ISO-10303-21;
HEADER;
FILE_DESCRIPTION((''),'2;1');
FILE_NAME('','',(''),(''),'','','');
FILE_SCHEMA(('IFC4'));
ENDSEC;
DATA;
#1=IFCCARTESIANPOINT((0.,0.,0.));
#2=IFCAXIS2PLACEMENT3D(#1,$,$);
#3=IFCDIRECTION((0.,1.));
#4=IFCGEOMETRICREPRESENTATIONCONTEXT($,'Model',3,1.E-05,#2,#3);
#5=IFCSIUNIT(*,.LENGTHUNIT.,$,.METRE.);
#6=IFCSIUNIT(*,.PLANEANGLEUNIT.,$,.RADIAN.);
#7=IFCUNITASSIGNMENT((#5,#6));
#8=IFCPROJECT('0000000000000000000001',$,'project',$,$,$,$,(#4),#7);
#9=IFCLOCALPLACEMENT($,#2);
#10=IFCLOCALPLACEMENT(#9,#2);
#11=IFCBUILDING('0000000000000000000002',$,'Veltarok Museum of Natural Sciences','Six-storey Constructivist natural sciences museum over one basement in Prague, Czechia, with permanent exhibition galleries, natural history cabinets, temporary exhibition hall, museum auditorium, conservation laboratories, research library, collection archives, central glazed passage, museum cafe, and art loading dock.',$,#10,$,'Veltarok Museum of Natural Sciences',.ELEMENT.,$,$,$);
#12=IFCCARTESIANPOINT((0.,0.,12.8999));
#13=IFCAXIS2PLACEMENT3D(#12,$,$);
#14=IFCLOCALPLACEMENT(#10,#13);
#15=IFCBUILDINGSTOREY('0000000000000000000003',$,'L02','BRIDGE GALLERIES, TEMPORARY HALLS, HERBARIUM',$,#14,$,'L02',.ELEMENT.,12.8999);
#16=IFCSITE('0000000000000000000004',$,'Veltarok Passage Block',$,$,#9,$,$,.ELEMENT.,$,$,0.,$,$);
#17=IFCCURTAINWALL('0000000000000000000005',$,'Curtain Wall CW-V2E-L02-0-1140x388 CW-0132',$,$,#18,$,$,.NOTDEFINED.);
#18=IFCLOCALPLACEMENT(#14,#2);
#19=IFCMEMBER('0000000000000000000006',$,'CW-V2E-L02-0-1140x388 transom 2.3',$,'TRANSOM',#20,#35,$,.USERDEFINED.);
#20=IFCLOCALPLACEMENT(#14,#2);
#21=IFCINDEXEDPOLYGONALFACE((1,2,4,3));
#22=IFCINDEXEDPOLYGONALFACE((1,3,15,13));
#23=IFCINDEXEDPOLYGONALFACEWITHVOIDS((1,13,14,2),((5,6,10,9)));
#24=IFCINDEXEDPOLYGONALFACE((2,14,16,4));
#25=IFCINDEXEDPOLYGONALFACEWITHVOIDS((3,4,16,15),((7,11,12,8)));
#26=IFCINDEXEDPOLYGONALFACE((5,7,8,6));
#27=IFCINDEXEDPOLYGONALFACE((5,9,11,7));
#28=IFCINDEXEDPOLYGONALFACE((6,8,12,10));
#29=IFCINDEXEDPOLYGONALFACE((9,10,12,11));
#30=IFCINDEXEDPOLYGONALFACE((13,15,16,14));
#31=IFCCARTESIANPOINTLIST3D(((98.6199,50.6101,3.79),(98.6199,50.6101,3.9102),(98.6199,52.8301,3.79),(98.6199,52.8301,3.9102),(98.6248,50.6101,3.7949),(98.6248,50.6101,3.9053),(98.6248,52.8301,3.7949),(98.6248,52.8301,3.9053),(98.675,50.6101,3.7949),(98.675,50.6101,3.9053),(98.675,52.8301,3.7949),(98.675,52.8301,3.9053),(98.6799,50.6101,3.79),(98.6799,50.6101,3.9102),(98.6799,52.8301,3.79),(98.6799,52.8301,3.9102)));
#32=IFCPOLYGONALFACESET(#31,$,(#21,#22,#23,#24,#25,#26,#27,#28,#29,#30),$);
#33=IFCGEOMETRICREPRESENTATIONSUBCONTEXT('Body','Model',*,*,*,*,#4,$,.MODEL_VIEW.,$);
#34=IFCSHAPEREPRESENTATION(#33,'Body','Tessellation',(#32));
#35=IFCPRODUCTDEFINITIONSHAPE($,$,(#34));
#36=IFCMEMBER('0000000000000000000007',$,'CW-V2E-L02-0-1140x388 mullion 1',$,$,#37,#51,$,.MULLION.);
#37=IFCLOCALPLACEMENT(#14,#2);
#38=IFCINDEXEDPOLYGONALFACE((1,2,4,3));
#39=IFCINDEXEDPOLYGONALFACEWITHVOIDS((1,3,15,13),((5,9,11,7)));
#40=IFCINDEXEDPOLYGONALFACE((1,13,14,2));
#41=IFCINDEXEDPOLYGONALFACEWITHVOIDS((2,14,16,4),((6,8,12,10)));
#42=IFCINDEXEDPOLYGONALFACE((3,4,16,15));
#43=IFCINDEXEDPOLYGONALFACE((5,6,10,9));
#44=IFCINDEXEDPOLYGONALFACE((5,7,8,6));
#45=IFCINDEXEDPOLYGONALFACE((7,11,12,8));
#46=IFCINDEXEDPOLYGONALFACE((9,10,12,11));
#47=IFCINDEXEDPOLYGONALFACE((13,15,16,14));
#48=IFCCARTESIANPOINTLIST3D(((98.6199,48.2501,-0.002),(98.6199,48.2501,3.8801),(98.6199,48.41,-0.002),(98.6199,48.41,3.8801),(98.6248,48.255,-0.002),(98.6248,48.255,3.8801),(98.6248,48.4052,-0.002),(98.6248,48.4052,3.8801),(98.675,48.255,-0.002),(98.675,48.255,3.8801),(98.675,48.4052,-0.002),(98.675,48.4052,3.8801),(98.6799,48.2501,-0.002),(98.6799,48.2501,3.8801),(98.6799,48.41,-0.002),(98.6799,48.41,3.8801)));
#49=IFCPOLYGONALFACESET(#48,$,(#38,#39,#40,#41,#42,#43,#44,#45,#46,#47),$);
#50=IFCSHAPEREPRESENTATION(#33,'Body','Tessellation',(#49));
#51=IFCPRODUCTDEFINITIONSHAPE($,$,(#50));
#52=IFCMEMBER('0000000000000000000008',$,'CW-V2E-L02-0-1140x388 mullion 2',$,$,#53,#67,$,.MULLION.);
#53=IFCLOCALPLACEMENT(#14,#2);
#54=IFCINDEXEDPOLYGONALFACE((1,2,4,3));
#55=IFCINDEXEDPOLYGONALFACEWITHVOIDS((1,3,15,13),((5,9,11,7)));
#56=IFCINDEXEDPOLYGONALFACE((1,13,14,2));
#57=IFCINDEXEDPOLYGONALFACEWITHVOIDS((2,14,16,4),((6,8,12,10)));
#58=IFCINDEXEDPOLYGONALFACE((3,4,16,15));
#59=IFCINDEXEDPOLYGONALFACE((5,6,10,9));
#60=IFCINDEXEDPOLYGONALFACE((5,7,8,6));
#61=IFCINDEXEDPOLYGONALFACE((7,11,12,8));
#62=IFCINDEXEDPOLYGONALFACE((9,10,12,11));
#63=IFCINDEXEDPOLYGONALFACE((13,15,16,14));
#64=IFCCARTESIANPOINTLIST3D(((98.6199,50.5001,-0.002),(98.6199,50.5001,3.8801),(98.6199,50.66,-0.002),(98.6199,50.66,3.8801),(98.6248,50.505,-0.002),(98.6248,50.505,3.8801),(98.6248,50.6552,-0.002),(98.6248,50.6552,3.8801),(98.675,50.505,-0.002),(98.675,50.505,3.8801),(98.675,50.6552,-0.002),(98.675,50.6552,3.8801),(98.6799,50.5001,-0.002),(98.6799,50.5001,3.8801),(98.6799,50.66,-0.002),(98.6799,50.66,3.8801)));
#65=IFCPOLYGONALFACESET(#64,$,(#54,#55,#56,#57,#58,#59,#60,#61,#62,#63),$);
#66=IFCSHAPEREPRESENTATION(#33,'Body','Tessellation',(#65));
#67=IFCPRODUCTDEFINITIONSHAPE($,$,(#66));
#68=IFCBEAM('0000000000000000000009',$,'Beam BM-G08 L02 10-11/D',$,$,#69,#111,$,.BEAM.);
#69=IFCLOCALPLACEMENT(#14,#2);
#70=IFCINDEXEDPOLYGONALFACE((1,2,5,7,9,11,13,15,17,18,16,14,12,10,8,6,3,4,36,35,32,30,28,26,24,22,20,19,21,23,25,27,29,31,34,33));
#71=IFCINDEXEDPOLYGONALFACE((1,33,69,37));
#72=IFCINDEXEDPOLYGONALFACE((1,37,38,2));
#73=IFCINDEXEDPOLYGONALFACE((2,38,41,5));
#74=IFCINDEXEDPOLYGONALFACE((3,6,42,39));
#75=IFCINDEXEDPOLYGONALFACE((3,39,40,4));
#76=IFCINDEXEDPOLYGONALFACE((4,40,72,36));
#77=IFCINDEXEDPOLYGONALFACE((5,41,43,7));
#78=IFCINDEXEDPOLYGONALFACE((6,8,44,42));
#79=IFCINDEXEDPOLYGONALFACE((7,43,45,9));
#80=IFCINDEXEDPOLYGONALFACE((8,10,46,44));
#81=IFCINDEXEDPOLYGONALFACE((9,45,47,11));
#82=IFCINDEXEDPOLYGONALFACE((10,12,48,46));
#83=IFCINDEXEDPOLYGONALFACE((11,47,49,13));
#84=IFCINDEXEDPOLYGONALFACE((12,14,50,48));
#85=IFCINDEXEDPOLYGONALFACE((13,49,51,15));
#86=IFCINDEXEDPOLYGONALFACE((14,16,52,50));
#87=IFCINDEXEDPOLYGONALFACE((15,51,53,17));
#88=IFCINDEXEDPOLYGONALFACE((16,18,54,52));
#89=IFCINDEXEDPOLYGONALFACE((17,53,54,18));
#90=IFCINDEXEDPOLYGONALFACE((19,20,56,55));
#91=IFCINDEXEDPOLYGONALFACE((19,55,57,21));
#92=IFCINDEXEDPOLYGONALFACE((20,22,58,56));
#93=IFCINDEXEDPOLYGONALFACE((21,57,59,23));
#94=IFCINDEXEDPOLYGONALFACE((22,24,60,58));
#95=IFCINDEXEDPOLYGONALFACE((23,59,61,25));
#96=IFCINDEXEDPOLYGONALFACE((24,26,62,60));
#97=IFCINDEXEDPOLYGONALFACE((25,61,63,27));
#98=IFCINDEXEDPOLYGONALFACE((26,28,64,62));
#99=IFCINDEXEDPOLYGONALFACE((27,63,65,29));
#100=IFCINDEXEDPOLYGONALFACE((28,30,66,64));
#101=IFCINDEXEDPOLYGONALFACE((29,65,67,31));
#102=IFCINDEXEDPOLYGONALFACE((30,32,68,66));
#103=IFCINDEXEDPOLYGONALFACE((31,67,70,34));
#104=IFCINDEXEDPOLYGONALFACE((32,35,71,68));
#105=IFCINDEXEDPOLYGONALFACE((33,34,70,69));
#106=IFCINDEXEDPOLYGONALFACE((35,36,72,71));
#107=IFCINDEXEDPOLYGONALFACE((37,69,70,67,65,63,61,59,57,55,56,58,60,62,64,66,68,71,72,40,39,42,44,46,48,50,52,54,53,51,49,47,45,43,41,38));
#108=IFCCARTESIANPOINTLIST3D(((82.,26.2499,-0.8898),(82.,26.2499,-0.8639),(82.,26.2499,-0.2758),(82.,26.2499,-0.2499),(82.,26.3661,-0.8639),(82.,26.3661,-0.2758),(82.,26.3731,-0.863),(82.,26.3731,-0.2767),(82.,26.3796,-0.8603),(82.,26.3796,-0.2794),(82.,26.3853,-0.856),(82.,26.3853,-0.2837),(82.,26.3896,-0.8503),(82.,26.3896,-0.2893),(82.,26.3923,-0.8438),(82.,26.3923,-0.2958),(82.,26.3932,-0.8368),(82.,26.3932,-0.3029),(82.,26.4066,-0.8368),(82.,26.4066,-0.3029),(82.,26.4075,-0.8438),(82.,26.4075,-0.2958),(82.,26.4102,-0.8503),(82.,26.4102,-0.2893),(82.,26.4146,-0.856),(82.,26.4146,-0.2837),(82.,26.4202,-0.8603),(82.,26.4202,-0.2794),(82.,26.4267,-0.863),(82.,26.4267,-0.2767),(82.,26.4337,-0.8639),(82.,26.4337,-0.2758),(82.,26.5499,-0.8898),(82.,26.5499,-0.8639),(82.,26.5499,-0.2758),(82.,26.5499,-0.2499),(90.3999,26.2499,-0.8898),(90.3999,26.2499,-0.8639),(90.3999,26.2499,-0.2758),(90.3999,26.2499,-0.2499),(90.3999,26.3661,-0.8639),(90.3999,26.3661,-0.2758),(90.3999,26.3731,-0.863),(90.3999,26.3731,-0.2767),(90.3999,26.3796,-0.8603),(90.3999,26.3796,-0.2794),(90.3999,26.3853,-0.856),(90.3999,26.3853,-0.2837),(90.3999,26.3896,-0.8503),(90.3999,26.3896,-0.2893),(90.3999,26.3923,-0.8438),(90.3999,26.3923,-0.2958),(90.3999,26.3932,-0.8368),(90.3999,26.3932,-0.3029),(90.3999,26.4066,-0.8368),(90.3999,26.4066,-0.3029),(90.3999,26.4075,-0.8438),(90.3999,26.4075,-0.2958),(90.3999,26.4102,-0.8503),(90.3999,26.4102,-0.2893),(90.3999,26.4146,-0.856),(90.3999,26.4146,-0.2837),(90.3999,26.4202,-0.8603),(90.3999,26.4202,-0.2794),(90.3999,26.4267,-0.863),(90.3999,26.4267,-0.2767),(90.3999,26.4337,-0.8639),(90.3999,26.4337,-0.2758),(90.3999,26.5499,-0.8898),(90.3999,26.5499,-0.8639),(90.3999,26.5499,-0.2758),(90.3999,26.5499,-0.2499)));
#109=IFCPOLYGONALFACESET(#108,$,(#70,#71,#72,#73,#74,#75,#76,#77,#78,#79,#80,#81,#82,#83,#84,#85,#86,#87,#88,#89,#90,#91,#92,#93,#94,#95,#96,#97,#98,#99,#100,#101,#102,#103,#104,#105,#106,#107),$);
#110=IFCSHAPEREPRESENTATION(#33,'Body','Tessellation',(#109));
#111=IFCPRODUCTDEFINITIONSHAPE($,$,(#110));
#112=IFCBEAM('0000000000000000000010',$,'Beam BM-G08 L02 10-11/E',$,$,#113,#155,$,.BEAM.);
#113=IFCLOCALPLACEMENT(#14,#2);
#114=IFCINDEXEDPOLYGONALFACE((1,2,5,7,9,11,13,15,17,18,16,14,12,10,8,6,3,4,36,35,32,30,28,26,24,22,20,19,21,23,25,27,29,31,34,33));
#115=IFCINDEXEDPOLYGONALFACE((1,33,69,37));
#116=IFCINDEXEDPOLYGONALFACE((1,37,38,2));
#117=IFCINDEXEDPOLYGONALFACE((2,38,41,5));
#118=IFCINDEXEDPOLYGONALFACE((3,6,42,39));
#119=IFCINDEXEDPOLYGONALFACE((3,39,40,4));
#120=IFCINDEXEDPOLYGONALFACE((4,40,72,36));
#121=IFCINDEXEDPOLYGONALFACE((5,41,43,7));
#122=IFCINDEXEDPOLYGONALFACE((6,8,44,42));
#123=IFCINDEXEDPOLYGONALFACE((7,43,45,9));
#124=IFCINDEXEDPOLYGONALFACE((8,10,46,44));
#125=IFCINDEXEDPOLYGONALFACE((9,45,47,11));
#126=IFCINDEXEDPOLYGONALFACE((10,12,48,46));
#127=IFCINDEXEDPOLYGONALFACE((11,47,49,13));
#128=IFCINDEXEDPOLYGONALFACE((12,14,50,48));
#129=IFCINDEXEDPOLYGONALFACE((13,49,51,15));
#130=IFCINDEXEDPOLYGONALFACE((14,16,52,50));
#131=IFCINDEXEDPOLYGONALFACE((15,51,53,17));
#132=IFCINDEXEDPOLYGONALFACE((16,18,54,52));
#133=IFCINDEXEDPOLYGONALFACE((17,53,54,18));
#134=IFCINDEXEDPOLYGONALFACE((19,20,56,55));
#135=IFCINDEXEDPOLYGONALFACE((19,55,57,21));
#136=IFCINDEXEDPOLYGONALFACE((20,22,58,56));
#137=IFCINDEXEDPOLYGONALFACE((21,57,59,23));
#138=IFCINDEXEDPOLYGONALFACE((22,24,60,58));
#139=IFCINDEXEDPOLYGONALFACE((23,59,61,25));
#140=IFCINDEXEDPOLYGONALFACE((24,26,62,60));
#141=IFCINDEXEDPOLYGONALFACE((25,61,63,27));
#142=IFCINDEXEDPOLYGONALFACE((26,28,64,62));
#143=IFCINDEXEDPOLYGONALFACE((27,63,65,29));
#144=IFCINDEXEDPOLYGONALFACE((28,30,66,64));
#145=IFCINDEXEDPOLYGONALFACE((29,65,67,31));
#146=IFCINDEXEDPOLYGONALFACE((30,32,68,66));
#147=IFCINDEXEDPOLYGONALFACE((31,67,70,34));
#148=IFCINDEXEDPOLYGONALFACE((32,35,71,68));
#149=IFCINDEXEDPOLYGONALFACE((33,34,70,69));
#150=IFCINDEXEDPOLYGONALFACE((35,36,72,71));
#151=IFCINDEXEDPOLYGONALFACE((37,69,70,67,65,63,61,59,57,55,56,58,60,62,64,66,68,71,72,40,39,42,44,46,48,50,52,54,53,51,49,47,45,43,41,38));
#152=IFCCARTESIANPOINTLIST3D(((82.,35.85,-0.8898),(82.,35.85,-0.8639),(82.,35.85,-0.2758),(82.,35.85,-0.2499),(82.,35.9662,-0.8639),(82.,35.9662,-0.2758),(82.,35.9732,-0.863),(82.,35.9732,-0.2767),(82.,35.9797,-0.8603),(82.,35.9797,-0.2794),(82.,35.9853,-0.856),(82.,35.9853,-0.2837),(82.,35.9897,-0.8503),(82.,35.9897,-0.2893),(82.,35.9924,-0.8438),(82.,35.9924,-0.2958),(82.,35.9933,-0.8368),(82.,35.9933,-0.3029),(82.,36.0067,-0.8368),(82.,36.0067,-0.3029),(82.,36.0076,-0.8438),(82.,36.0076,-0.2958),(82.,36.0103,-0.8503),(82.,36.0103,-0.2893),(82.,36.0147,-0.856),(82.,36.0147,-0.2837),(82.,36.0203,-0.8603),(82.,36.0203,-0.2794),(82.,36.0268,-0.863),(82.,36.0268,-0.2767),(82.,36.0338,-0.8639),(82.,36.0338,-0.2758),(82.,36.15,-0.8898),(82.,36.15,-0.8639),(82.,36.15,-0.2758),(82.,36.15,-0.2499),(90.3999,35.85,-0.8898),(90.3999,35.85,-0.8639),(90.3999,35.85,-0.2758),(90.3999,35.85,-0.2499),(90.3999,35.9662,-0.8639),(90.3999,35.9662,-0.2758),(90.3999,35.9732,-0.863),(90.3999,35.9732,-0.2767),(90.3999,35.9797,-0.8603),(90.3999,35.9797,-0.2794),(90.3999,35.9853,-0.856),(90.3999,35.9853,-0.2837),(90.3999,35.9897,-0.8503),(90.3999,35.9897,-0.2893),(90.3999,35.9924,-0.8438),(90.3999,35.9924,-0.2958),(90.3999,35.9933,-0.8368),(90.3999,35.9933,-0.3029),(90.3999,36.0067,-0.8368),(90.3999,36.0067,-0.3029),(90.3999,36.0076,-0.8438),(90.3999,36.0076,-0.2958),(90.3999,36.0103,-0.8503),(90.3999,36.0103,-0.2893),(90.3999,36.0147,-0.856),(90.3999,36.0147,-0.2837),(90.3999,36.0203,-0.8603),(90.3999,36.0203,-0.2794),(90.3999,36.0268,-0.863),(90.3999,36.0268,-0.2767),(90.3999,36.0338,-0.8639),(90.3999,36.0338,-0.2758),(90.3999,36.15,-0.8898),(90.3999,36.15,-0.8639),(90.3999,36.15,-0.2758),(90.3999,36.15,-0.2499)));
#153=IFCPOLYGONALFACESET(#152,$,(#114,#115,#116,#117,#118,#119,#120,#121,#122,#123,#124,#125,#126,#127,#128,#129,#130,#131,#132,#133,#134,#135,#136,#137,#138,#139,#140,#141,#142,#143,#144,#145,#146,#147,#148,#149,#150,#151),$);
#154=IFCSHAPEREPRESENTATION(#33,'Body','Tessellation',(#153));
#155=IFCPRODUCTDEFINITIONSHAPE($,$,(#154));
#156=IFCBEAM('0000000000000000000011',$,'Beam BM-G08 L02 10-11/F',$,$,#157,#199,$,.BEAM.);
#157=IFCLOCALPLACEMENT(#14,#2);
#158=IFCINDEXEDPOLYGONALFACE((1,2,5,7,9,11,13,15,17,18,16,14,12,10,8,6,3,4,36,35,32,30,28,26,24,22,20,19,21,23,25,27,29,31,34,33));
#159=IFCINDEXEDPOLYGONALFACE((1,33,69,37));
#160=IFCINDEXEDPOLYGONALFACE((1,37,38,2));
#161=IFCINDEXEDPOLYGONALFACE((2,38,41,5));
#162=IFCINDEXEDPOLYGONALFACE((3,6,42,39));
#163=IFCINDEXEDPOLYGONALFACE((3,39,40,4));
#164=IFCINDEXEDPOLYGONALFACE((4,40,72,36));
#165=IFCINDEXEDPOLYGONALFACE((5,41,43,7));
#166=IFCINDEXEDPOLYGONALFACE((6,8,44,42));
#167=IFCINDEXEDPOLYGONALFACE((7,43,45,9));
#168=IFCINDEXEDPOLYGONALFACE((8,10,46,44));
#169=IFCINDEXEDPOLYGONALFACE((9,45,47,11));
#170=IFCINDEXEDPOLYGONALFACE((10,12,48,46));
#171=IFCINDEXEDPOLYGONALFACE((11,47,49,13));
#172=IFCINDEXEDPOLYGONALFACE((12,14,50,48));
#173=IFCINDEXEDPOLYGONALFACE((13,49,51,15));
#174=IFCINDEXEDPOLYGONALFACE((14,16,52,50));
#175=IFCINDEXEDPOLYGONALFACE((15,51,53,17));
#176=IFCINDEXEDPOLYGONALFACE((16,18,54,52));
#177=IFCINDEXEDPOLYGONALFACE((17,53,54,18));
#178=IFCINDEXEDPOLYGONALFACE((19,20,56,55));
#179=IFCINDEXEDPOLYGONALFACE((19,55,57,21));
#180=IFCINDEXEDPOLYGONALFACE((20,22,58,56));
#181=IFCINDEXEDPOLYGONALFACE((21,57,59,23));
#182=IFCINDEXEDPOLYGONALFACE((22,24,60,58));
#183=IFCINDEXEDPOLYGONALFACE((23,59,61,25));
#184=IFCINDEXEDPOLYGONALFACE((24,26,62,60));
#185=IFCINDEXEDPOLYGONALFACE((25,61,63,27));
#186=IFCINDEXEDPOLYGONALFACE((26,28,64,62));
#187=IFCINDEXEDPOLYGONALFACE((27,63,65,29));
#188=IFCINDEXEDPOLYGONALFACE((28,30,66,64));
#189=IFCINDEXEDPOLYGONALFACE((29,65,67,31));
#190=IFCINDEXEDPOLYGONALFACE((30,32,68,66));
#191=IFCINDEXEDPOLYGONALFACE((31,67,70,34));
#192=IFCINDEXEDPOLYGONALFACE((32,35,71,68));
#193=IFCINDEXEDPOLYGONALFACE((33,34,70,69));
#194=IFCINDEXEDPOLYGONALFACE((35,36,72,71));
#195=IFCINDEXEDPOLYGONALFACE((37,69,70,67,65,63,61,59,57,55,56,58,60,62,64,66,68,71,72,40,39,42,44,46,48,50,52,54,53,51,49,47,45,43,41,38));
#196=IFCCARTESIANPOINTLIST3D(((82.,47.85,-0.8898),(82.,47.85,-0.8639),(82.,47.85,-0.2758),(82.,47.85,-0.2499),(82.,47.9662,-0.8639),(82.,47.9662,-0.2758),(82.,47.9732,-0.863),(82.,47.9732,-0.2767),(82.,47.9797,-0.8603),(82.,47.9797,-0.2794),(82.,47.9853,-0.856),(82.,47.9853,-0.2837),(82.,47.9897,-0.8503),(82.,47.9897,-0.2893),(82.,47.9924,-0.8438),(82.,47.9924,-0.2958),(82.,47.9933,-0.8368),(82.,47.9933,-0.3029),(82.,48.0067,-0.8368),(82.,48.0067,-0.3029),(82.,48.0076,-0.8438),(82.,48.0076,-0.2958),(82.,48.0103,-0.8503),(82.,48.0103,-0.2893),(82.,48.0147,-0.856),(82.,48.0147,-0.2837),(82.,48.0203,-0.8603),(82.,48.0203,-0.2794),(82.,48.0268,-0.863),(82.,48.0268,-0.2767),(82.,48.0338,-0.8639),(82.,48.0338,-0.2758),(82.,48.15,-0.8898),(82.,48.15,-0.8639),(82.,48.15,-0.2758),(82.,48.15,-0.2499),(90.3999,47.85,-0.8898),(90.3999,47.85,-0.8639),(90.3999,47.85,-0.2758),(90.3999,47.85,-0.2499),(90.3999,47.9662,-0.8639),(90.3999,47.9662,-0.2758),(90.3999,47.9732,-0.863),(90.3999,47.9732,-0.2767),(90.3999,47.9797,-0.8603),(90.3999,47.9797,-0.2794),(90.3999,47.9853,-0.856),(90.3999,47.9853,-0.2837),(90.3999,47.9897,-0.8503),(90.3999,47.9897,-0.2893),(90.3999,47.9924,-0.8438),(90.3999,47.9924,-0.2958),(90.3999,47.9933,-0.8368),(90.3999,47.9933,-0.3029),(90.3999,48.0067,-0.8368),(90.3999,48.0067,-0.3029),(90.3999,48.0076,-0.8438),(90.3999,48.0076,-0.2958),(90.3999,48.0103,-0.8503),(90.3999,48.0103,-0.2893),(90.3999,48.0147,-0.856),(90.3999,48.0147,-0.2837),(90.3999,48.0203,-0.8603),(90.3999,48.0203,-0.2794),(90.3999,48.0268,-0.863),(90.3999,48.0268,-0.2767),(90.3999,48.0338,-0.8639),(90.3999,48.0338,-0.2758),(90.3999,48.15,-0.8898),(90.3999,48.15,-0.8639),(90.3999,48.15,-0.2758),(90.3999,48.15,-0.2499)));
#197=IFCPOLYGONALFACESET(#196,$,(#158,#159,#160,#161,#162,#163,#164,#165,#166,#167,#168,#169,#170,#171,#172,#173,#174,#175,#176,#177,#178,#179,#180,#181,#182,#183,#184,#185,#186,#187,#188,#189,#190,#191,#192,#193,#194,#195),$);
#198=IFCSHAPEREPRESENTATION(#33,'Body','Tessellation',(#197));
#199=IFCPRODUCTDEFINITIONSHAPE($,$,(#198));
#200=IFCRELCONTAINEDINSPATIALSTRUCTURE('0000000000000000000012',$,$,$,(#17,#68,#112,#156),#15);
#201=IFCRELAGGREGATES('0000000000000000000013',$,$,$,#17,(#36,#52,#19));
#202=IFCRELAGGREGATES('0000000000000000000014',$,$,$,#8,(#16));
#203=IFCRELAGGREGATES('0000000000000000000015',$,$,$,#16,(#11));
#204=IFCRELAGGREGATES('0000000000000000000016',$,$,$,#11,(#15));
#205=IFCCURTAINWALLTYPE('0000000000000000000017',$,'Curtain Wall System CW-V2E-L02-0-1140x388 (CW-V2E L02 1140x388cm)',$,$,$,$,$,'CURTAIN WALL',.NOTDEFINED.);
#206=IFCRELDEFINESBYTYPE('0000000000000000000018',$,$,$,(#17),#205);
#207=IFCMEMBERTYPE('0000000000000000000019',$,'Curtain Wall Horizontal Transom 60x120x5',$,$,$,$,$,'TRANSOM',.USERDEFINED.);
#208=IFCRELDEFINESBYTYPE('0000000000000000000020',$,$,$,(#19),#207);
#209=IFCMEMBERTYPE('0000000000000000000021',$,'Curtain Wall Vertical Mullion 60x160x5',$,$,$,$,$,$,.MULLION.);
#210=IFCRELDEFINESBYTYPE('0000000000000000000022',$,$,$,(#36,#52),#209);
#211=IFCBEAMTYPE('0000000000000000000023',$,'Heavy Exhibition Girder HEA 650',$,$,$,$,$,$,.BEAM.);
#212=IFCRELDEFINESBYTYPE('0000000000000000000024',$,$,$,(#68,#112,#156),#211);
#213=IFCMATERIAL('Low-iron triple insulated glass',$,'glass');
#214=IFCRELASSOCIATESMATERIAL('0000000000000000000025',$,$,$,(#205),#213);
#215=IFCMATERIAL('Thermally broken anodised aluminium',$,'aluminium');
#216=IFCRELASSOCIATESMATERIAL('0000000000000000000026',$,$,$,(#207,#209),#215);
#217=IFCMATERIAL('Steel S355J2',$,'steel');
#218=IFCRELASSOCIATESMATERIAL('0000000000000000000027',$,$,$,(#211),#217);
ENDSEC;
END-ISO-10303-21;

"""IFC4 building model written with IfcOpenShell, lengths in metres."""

from ifc_helpers import new_model, si_unit, direction, frame, origin, origin_2d, place, context, subcontext, project, spatial, hollow_rectangle, i_section, extrude, material, material_profile, profile_set, type_object, element, aggregate, save


model = new_model("IFC4")

# Units and contexts
model_context = context("Model", 3, precision=1e-05, world=origin(), true_north=direction((0.0, 1.0)))
body_context = subcontext(model_context, "Body", "Model", "MODEL_VIEW")
ifc_project = project(units=[si_unit("LENGTHUNIT", "METRE"), si_unit("PLANEANGLEUNIT", "RADIAN")], contexts=[model_context])

# Site, building, storey
site_placement = place(None, origin())
site = spatial("IfcSite", under=ifc_project, at=site_placement, Name="Veltarok Passage Block", CompositionType="ELEMENT", RefElevation=0.0)
building_placement = place(site_placement, origin())
building = spatial("IfcBuilding", under=site, at=building_placement, Name="Veltarok Museum of Natural Sciences", Description="Six-storey Constructivist natural sciences museum over one basement in Prague, Czechia, with permanent exhibition galleries, natural history cabinets, temporary exhibition hall, museum auditorium, conservation laboratories, research library, collection archives, central glazed passage, museum cafe, and art loading dock.", LongName="Veltarok Museum of Natural Sciences", CompositionType="ELEMENT")
storey_placement = place(building_placement, frame((0.0, 0.0, 12.8999)))
storey = spatial("IfcBuildingStorey", under=building, at=storey_placement, Name="L02", Description="BRIDGE GALLERIES, TEMPORARY HALLS, HERBARIUM", LongName="L02", CompositionType="ELEMENT", Elevation=12.8999)

# Shared definitions
ifc_material_1 = material(Name="Steel S355J2", Category="steel")

# Curtain wall, members
ifc_material_2 = material(Name="Low-iron triple insulated glass", Category="glass")
curtain_wall_type = type_object("IfcCurtainWallType", Name="Curtain Wall System CW-V2E-L02-0-1140x388 (CW-V2E L02 1140x388cm)", ElementType="CURTAIN WALL", PredefinedType="NOTDEFINED", material=ifc_material_2)
curtain_wall_placement = place(storey_placement, origin())
curtain_wall = element("IfcCurtainWall", 1, at=curtain_wall_placement, inside=storey, type_object=curtain_wall_type, Name="Curtain Wall CW-V2E-L02-0-1140x388 CW-0132", PredefinedType="NOTDEFINED")
ifc_material_3 = material(Name="Thermally broken anodised aluminium", Category="aluminium")
ifc_material_profile_1 = material_profile(ifc_material_3, hollow_rectangle(XDim=0.0601, YDim=0.1201, WallThickness=0.0049, at=origin_2d()), Name="CW TRANSOM 60x120x5")
ifc_profile_set_1 = profile_set([ifc_material_profile_1], Name="Thermally broken anodised aluminium")
member_type_1 = type_object("IfcMemberType", Name="Curtain Wall Horizontal Transom 60x120x5", ElementType="TRANSOM", PredefinedType="USERDEFINED", material=ifc_profile_set_1)
member_1_placement = place(storey_placement, frame((98.6499, 50.6101, 3.8501), z_axis=(0.0, 1.0, 0.0), x_axis=(-1.0, 0.0, 0.0)))
member_1 = element("IfcMember", 2, at=member_1_placement, type_object=member_type_1, Name="CW-V2E-L02-0-1140x388 transom 2.3", ObjectType="TRANSOM", PredefinedType="USERDEFINED", context=body_context, shape_type="SweptSolid", body=[
    extrude(hollow_rectangle(XDim=0.0601, YDim=0.1201, WallThickness=0.0049, at=origin_2d()), origin(), (0.0, 0.0, 1.0), 2.22),
])
ifc_material_profile_2 = material_profile(ifc_material_3, hollow_rectangle(XDim=0.0601, YDim=0.1599, WallThickness=0.0049, at=origin_2d()), Name="CW MULLION 60x160x5")
ifc_profile_set_2 = profile_set([ifc_material_profile_2], Name="Thermally broken anodised aluminium")
member_type_2 = type_object("IfcMemberType", Name="Curtain Wall Vertical Mullion 60x160x5", PredefinedType="MULLION", material=ifc_profile_set_2)
member_2_placement = place(storey_placement, frame((98.6499, 48.3301, -0.002), z_axis=(0.0, 0.0, 1.0), x_axis=(-1.0, 0.0, 0.0)))
member_2 = element("IfcMember", 3, at=member_2_placement, type_object=member_type_2, Name="CW-V2E-L02-0-1140x388 mullion 1", PredefinedType="MULLION", context=body_context, shape_type="SweptSolid", body=[
    extrude(hollow_rectangle(XDim=0.0601, YDim=0.1599, WallThickness=0.0049, at=origin_2d()), origin(), (0.0, 0.0, 1.0), 3.8821),
])
member_3_placement = place(storey_placement, frame((98.6499, 50.5801, -0.002), z_axis=(0.0, 0.0, 1.0), x_axis=(-1.0, 0.0, 0.0)))
member_3 = element("IfcMember", 4, at=member_3_placement, type_object=member_type_2, Name="CW-V2E-L02-0-1140x388 mullion 2", PredefinedType="MULLION", context=body_context, shape_type="SweptSolid", body=[
    extrude(hollow_rectangle(XDim=0.0601, YDim=0.1599, WallThickness=0.0049, at=origin_2d()), origin(), (0.0, 0.0, 1.0), 3.8821),
])

# Beams
ifc_material_profile_3 = material_profile(ifc_material_1, i_section(OverallWidth=0.3, OverallDepth=0.6399, WebThickness=0.0134, FlangeThickness=0.0259, FilletRadius=0.0271, at=origin_2d()), Name="HEA 650")
ifc_profile_set_3 = profile_set([ifc_material_profile_3], Name="Steel S355J2")
beam_type_1 = type_object("IfcBeamType", Name="Heavy Exhibition Girder HEA 650", PredefinedType="BEAM", material=ifc_profile_set_3)
for number, where, z_axis, x_axis, name in (
    (5, (82.0, 26.3999, -0.5698), (1.0, 0.0, 0.0), (0.0, 1.0, 0.0), "Beam BM-G08 L02 10-11/D"),
    (6, (82.0, 36.0, -0.5698), (1.0, 0.0, 0.0), (0.0, 1.0, 0.0), "Beam BM-G08 L02 10-11/E"),
    (7, (82.0, 48.0, -0.5698), (1.0, 0.0, 0.0), (0.0, 1.0, 0.0), "Beam BM-G08 L02 10-11/F"),
):
    element("IfcBeam", number, at=place(storey_placement, frame(where, z_axis=z_axis, x_axis=x_axis)), inside=storey, type_object=beam_type_1, Name=name, PredefinedType="BEAM", context=body_context, shape_type="SweptSolid", body=[
        extrude(i_section(OverallWidth=0.3, OverallDepth=0.6399, WebThickness=0.0134, FlangeThickness=0.0259, FilletRadius=0.0271, at=origin_2d()), origin(), (0.0, 0.0, 1.0), 8.3999),
    ])

aggregate(curtain_wall, [member_2, member_3, member_1])

save(model, "model.ifc")
